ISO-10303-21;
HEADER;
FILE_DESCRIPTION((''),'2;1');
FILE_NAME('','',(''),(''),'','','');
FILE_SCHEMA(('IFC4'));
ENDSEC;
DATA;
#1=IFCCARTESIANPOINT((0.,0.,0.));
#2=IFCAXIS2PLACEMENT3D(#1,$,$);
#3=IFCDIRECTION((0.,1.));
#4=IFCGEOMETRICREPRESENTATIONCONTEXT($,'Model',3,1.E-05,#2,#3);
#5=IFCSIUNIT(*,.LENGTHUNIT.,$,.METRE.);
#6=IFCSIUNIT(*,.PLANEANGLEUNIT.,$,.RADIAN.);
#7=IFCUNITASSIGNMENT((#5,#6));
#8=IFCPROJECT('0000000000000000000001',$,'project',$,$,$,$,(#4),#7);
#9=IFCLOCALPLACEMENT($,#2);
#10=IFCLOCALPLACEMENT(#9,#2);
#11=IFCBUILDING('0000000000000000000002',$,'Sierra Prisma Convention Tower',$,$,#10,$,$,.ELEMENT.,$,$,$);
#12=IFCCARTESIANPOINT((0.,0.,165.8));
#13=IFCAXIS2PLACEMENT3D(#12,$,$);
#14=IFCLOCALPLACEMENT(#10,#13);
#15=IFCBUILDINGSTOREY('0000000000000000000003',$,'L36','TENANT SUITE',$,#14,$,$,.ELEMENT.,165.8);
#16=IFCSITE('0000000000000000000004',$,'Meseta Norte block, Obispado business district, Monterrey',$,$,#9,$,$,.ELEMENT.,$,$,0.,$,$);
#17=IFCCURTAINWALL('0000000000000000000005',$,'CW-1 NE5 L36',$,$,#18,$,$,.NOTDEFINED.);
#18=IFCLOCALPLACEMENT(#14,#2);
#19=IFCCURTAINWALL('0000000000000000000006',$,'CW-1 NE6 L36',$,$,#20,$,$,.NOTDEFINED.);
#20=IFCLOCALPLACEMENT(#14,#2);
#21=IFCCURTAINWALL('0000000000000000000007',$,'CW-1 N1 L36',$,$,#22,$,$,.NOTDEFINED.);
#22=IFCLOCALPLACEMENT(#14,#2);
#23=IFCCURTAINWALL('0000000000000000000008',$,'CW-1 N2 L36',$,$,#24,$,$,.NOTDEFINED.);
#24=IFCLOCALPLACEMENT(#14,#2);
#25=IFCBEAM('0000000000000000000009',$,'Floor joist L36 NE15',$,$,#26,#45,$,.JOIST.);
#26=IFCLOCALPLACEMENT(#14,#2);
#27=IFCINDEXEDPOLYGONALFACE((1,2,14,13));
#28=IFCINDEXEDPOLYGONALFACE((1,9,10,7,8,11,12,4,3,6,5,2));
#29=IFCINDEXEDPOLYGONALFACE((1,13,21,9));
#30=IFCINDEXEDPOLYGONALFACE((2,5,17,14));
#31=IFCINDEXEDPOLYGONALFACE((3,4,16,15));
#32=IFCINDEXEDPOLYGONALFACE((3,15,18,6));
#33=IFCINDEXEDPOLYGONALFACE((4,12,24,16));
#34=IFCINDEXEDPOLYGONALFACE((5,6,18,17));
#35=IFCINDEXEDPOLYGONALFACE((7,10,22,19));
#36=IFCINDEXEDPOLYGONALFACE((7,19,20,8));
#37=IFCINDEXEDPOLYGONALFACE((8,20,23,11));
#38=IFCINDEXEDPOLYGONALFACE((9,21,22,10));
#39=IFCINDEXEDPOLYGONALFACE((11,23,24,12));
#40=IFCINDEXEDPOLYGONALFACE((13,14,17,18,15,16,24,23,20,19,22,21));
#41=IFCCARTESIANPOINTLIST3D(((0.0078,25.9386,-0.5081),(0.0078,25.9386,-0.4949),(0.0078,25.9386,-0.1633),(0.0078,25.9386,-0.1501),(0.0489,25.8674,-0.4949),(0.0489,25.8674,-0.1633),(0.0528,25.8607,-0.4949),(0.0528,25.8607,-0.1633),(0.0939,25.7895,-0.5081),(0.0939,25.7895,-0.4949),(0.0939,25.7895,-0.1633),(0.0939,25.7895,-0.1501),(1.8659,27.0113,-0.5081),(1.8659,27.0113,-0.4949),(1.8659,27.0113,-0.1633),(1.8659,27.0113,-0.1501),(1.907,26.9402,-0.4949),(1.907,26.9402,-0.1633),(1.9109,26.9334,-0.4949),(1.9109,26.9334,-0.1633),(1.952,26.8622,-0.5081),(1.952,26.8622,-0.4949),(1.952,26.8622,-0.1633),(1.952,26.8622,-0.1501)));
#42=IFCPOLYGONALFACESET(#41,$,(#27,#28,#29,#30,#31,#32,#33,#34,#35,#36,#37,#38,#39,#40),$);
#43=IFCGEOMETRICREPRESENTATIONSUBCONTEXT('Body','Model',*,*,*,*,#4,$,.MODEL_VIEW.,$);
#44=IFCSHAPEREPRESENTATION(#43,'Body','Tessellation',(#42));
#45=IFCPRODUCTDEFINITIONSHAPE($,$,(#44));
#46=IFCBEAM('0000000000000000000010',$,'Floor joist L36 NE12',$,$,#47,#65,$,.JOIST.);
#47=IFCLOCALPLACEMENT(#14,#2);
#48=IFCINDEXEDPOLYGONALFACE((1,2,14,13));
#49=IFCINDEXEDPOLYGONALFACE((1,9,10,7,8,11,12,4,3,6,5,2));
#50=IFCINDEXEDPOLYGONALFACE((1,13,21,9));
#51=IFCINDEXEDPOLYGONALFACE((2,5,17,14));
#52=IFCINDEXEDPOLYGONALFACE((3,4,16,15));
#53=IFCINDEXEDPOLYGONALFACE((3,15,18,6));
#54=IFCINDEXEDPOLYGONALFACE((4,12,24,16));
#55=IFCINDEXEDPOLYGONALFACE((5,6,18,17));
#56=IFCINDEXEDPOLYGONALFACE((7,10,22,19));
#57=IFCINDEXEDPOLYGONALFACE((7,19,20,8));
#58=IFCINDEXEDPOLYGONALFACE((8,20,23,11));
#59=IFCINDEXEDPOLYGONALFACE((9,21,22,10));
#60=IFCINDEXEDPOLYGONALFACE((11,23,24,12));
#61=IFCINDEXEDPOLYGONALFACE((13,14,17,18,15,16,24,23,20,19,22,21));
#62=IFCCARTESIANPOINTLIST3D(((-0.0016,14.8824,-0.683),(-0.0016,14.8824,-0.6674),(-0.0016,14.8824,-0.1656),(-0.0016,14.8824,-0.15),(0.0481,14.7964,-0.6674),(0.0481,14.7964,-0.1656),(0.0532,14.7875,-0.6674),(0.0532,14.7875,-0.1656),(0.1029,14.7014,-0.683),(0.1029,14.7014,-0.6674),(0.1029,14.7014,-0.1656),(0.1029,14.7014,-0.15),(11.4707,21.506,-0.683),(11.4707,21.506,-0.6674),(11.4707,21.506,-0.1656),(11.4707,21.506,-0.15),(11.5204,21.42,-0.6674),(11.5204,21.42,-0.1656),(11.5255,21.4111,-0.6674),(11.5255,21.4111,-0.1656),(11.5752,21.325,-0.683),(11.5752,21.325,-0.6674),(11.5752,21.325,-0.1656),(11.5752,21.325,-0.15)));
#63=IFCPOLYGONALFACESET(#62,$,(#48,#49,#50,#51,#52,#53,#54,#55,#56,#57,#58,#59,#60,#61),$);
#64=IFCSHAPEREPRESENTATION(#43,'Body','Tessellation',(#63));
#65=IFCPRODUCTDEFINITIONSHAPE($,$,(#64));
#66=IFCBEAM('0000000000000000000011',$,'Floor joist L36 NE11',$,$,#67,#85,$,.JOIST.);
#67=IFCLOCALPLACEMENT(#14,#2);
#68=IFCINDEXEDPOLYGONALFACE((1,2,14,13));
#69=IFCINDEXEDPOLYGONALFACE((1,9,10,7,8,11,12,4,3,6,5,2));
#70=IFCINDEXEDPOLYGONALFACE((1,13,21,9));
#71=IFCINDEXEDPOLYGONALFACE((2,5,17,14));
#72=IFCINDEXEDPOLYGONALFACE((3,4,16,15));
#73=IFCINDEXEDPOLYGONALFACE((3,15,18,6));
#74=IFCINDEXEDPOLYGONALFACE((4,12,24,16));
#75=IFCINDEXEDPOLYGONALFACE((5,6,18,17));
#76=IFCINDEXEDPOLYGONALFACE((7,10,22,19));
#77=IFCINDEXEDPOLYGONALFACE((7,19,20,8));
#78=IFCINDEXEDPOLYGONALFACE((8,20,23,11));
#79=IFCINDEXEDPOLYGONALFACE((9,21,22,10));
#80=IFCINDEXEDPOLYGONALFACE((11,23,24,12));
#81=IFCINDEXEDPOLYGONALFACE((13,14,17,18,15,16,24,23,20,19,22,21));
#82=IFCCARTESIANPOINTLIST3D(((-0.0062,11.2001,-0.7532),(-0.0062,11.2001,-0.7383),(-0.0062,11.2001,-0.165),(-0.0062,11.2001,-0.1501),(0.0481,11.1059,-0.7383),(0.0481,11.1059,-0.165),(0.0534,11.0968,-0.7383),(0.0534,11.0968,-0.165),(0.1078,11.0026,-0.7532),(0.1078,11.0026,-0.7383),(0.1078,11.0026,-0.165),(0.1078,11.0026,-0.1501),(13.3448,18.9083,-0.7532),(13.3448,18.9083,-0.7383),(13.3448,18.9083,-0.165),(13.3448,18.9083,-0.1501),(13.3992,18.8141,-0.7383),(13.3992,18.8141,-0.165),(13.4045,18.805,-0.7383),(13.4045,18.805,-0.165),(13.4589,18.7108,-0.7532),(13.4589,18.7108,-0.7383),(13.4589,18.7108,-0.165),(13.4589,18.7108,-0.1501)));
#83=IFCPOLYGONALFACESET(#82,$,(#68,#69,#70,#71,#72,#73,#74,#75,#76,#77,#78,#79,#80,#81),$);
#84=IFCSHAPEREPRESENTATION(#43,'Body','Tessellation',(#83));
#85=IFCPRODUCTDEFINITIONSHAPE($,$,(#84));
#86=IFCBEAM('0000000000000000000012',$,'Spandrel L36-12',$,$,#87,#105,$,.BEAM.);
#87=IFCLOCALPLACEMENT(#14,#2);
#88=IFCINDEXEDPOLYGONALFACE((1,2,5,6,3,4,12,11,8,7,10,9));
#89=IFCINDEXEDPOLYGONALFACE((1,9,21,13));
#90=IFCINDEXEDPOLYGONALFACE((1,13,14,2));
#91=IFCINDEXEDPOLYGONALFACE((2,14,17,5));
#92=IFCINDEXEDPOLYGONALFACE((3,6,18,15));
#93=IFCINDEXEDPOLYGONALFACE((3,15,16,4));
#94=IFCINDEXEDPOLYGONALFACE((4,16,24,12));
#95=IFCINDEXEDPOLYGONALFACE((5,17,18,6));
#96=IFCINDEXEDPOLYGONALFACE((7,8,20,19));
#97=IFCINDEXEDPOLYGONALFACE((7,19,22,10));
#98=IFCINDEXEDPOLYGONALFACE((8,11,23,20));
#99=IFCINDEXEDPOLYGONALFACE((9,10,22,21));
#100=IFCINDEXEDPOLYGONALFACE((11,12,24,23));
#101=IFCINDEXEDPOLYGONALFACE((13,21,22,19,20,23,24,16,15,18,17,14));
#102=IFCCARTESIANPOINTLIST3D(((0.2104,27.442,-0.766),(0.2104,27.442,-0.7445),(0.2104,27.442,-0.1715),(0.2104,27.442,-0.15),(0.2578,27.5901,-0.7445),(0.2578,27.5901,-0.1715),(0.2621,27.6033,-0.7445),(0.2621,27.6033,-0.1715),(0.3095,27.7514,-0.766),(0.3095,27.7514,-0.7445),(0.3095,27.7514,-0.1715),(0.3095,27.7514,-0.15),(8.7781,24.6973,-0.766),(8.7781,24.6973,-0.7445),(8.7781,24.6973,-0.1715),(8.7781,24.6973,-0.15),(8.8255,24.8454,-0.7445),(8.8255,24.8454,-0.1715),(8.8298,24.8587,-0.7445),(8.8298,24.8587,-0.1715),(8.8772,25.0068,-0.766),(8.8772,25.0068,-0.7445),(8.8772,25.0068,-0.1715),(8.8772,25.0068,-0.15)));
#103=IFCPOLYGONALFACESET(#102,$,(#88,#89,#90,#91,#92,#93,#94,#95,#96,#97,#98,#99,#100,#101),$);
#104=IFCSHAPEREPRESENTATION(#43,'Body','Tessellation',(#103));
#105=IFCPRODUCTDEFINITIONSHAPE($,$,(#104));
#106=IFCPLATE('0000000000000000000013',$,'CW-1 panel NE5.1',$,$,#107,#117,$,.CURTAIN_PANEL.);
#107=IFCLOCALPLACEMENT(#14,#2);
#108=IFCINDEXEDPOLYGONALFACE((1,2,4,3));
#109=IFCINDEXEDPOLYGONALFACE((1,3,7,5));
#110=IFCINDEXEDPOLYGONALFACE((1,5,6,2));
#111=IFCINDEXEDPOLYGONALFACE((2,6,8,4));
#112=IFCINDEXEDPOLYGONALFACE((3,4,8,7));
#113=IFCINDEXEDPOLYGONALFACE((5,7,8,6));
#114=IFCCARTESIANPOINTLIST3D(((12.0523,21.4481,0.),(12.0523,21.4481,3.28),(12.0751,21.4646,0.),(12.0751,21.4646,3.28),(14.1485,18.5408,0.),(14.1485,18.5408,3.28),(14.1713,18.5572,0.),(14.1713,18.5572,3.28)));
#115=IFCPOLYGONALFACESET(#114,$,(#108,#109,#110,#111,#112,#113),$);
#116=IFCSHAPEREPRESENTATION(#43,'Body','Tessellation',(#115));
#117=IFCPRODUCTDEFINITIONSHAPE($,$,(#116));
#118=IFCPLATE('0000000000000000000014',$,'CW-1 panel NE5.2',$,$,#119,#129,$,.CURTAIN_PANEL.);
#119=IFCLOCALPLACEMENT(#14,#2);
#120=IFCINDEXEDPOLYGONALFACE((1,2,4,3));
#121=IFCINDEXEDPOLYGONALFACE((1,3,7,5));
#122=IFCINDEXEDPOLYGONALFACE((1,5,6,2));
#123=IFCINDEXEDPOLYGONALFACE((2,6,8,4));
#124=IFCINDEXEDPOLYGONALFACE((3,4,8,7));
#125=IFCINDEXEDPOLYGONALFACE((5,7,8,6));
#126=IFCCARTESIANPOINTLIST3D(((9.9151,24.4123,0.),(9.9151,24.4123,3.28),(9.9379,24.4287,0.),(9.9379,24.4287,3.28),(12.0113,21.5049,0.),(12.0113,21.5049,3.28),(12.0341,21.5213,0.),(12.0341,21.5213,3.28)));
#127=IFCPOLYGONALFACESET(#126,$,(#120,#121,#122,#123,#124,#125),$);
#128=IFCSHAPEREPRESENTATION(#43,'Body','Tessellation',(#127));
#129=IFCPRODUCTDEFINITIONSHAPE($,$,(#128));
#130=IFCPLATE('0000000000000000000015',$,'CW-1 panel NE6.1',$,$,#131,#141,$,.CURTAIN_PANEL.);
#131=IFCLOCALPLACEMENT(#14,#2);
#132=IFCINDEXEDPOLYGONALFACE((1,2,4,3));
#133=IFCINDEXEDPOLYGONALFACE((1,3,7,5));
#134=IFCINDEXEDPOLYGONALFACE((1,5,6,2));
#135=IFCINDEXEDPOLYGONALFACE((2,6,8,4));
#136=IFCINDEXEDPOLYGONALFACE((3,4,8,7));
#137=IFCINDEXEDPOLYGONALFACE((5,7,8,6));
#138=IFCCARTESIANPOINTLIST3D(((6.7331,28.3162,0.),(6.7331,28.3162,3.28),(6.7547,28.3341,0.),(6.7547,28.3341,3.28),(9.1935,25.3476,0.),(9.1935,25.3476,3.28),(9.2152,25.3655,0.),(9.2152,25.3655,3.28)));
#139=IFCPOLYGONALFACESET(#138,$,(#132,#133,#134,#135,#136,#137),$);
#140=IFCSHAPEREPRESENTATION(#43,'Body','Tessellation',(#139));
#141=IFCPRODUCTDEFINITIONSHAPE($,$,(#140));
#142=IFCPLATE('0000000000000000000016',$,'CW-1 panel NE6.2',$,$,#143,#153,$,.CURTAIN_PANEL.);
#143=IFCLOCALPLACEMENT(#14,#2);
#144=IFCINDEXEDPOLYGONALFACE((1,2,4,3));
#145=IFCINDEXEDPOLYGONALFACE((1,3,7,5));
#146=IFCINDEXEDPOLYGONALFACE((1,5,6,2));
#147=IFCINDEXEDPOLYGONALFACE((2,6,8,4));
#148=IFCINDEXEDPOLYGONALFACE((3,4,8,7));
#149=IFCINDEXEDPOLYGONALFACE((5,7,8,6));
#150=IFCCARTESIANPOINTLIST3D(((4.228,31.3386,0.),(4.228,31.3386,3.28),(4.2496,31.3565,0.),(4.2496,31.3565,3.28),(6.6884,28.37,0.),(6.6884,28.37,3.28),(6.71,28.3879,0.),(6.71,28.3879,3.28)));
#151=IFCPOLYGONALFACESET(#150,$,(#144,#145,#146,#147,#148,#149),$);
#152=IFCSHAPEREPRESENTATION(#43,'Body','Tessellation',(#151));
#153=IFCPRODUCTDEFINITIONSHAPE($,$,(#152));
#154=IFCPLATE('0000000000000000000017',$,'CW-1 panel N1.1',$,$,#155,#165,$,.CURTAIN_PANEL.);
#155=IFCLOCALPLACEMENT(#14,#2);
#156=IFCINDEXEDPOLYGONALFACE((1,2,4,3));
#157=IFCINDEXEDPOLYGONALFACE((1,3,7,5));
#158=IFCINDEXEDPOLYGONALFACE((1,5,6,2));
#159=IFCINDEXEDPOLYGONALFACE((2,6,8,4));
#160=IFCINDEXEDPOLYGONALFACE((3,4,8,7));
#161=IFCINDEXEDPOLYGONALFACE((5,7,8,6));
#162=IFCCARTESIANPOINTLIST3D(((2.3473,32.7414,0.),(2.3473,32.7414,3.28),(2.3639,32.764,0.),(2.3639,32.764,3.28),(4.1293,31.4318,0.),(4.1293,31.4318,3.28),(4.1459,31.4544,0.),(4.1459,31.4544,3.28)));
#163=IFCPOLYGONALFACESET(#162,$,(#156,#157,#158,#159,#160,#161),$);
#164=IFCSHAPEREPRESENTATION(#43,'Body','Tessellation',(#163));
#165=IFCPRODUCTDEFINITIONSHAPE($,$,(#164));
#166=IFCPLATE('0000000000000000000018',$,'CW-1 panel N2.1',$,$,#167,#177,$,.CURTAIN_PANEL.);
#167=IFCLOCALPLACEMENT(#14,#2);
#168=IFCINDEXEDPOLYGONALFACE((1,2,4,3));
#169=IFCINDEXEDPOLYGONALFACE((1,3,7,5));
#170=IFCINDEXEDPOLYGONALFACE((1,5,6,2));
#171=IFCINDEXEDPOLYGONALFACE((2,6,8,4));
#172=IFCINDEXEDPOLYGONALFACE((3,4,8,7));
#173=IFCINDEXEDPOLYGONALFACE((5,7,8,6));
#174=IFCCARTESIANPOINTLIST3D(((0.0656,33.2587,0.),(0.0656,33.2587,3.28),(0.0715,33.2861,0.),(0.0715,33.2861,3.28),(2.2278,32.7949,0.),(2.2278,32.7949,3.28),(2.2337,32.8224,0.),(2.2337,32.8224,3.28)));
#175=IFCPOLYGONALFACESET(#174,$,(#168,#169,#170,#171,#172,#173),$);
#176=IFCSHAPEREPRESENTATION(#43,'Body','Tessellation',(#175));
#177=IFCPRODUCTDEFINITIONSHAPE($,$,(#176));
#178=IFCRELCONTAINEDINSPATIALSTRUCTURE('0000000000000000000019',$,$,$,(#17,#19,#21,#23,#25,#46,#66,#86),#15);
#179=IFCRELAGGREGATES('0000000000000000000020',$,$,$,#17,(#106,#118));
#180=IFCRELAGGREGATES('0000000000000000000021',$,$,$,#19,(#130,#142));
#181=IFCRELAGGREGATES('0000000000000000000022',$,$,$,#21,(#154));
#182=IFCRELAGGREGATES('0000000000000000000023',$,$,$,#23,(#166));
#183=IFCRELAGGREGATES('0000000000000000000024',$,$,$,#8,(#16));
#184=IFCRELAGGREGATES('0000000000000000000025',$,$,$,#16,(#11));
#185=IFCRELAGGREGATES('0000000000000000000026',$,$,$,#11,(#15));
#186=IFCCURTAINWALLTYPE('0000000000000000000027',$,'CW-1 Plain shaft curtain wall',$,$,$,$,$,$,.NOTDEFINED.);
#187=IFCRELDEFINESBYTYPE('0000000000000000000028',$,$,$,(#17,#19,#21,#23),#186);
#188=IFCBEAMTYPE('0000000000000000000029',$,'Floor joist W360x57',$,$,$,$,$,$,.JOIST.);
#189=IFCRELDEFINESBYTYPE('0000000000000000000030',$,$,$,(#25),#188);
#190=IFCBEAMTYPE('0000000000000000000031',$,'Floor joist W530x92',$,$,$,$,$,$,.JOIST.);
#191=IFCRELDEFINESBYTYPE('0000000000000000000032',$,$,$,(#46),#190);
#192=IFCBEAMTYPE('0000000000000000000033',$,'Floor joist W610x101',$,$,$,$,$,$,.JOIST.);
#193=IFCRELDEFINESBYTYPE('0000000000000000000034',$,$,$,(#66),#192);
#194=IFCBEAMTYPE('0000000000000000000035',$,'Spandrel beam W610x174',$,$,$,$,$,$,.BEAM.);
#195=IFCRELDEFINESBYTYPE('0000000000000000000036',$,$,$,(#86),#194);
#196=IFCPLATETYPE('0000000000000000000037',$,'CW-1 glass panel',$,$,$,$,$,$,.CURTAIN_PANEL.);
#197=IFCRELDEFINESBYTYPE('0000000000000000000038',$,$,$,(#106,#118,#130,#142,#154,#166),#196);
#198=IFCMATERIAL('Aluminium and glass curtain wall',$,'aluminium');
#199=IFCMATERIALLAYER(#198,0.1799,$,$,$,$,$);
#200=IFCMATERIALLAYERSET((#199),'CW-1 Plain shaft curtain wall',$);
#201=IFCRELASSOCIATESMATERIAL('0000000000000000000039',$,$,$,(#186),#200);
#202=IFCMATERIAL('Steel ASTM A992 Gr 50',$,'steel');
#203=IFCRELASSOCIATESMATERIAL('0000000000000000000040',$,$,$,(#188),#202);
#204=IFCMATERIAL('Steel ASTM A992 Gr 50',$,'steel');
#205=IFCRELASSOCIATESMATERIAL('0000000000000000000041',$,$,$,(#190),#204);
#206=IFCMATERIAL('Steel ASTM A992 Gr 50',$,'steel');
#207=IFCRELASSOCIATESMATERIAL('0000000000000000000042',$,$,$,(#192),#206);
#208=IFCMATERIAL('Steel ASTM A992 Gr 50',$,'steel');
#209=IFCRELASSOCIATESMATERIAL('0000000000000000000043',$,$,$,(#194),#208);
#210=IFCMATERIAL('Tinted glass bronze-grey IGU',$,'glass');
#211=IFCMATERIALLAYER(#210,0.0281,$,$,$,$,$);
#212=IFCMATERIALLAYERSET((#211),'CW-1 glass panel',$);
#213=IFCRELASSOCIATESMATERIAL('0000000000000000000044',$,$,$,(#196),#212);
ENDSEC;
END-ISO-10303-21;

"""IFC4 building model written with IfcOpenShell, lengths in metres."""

from ifc_helpers import new_model, si_unit, direction, frame, origin, origin_2d, place, context, subcontext, project, spatial, rectangle, i_section, extrude, material, layer, layer_set, material_profile, profile_set, type_object, element, aggregate, save


model = new_model("IFC4")

# Units and contexts
model_context = context("Model", 3, precision=1e-05, world=origin(), true_north=direction((0.0, 1.0)))
body_context = subcontext(model_context, "Body", "Model", "MODEL_VIEW")
ifc_project = project(units=[si_unit("LENGTHUNIT", "METRE"), si_unit("PLANEANGLEUNIT", "RADIAN")], contexts=[model_context])

# Site, building, storey
site_placement = place(None, origin())
site = spatial("IfcSite", under=ifc_project, at=site_placement, Name="Meseta Norte block, Obispado business district, Monterrey", CompositionType="ELEMENT", RefElevation=0.0)
building_placement = place(site_placement, origin())
building = spatial("IfcBuilding", under=site, at=building_placement, Name="Sierra Prisma Convention Tower", CompositionType="ELEMENT")
storey_placement = place(building_placement, frame((0.0, 0.0, 165.8)))
storey = spatial("IfcBuildingStorey", under=building, at=storey_placement, Name="L36", Description="TENANT SUITE", CompositionType="ELEMENT", Elevation=165.8)

# Curtain wall
ifc_material_1 = material(Name="Aluminium and glass curtain wall", Category="aluminium")
ifc_layer_1 = layer(ifc_material_1, 0.1799)
ifc_layer_set_1 = layer_set([ifc_layer_1], Name="CW-1 Plain shaft curtain wall")
curtain_wall_type = type_object("IfcCurtainWallType", Name="CW-1 Plain shaft curtain wall", PredefinedType="NOTDEFINED", material=ifc_layer_set_1)
curtain_wall_1_placement = place(storey_placement, origin())
curtain_wall_1 = element("IfcCurtainWall", 1, at=curtain_wall_1_placement, inside=storey, type_object=curtain_wall_type, Name="CW-1 NE5 L36", PredefinedType="NOTDEFINED")

# Curtain walls
curtain_wall_2_placement = place(storey_placement, origin())
curtain_wall_2 = element("IfcCurtainWall", 2, at=curtain_wall_2_placement, inside=storey, type_object=curtain_wall_type, Name="CW-1 NE6 L36", PredefinedType="NOTDEFINED")
curtain_wall_3_placement = place(storey_placement, origin())
curtain_wall_3 = element("IfcCurtainWall", 3, at=curtain_wall_3_placement, inside=storey, type_object=curtain_wall_type, Name="CW-1 N1 L36", PredefinedType="NOTDEFINED")
curtain_wall_4_placement = place(storey_placement, origin())
curtain_wall_4 = element("IfcCurtainWall", 4, at=curtain_wall_4_placement, inside=storey, type_object=curtain_wall_type, Name="CW-1 N2 L36", PredefinedType="NOTDEFINED")

# Beams
ifc_material_2 = material(Name="Steel ASTM A992 Gr 50", Category="steel")
ifc_material_profile_1 = material_profile(ifc_material_2, i_section(OverallWidth=0.1721, OverallDepth=0.3579, WebThickness=0.0078, FlangeThickness=0.0132, at=origin_2d()), Name="W360x57")
ifc_profile_set_1 = profile_set([ifc_material_profile_1], Name="Steel ASTM A992 Gr 50")
beam_type_1 = type_object("IfcBeamType", Name="Floor joist W360x57", PredefinedType="JOIST", material=ifc_profile_set_1)
beam_1_placement = place(storey_placement, frame((1.9089, 26.9368, -0.3291), z_axis=(-0.866036, -0.499982, 0.0), x_axis=(0.499982, -0.866036, 0.0)))
element("IfcBeam", 5, at=beam_1_placement, inside=storey, type_object=beam_type_1, Name="Floor joist L36 NE15", PredefinedType="JOIST", context=body_context, shape_type="SweptSolid", body=[
    extrude(i_section(OverallWidth=0.1721, OverallDepth=0.3579, WebThickness=0.0078, FlangeThickness=0.0132, at=origin_2d()), origin(), (0.0, 0.0, 1.0), 2.1455),
])
ifc_material_3 = material(Name="Steel ASTM A992 Gr 50", Category="steel")
ifc_material_profile_2 = material_profile(ifc_material_3, i_section(OverallWidth=0.209, OverallDepth=0.533, WebThickness=0.0103, FlangeThickness=0.0156, at=origin_2d()), Name="W530x92")
ifc_profile_set_2 = profile_set([ifc_material_profile_2], Name="Steel ASTM A992 Gr 50")
beam_type_2 = type_object("IfcBeamType", Name="Floor joist W530x92", PredefinedType="JOIST", material=ifc_profile_set_2)
beam_2_placement = place(storey_placement, frame((11.5229, 21.4155, -0.4165), z_axis=(-0.866023, -0.500004, 0.0), x_axis=(0.500004, -0.866023, 0.0)))
element("IfcBeam", 6, at=beam_2_placement, inside=storey, type_object=beam_type_2, Name="Floor joist L36 NE12", PredefinedType="JOIST", context=body_context, shape_type="SweptSolid", body=[
    extrude(i_section(OverallWidth=0.209, OverallDepth=0.533, WebThickness=0.0103, FlangeThickness=0.0156, at=origin_2d()), origin(), (0.0, 0.0, 1.0), 13.2471),
])
ifc_material_4 = material(Name="Steel ASTM A992 Gr 50", Category="steel")
ifc_material_profile_3 = material_profile(ifc_material_4, i_section(OverallWidth=0.228, OverallDepth=0.603, WebThickness=0.0105, FlangeThickness=0.0149, at=origin_2d()), Name="W610x101")
ifc_profile_set_3 = profile_set([ifc_material_profile_3], Name="Steel ASTM A992 Gr 50")
beam_type_3 = type_object("IfcBeamType", Name="Floor joist W610x101", PredefinedType="JOIST", material=ifc_profile_set_3)
beam_3_placement = place(storey_placement, frame((13.4019, 18.8096, -0.4517), z_axis=(-0.866025, -0.5, 0.0), x_axis=(0.5, -0.866025, 0.0)))
element("IfcBeam", 7, at=beam_3_placement, inside=storey, type_object=beam_type_3, Name="Floor joist L36 NE11", PredefinedType="JOIST", context=body_context, shape_type="SweptSolid", body=[
    extrude(i_section(OverallWidth=0.228, OverallDepth=0.603, WebThickness=0.0105, FlangeThickness=0.0149, at=origin_2d()), origin(), (0.0, 0.0, 1.0), 15.4165),
])
ifc_material_5 = material(Name="Steel ASTM A992 Gr 50", Category="steel")
ifc_material_profile_4 = material_profile(ifc_material_5, i_section(OverallWidth=0.325, OverallDepth=0.616, WebThickness=0.0139, FlangeThickness=0.0215, at=origin_2d()), Name="W610x174")
ifc_profile_set_4 = profile_set([ifc_material_profile_4], Name="Steel ASTM A992 Gr 50")
beam_type_4 = type_object("IfcBeamType", Name="Spandrel beam W610x174", PredefinedType="BEAM", material=ifc_profile_set_4)
beam_4_placement = place(storey_placement, frame((8.8276, 24.8521, -0.458), z_axis=(-0.952328, 0.305077, 0.0), x_axis=(-0.305077, -0.952328, 0.0)))
element("IfcBeam", 8, at=beam_4_placement, inside=storey, type_object=beam_type_4, Name="Spandrel L36-12", PredefinedType="BEAM", context=body_context, shape_type="SweptSolid", body=[
    extrude(i_section(OverallWidth=0.325, OverallDepth=0.616, WebThickness=0.0139, FlangeThickness=0.0215, at=origin_2d()), origin(), (0.0, 0.0, 1.0), 8.9966),
])

# Plates
ifc_material_6 = material(Name="Tinted glass bronze-grey IGU", Category="glass")
ifc_layer_2 = layer(ifc_material_6, 0.0281)
ifc_layer_set_2 = layer_set([ifc_layer_2], Name="CW-1 glass panel")
plate_type = type_object("IfcPlateType", Name="CW-1 glass panel", PredefinedType="CURTAIN_PANEL", material=ifc_layer_set_2)
plate_1_placement = place(storey_placement, frame((13.1118, 20.0027, 0.0), z_axis=(0.0, 0.0, 1.0), x_axis=(-0.58484, 0.811149, 0.0)))
plate_1 = element("IfcPlate", 9, at=plate_1_placement, type_object=plate_type, Name="CW-1 panel NE5.1", PredefinedType="CURTAIN_PANEL", context=body_context, shape_type="SweptSolid", body=[
    extrude(rectangle(XDim=3.5842, YDim=0.0281, at=origin_2d()), origin(), (0.0, 0.0, 1.0), 3.28),
])
plate_2_placement = place(storey_placement, frame((10.9746, 22.9668, 0.0), z_axis=(0.0, 0.0, 1.0), x_axis=(-0.58484, 0.811149, 0.0)))
plate_2 = element("IfcPlate", 10, at=plate_2_placement, type_object=plate_type, Name="CW-1 panel NE5.2", PredefinedType="CURTAIN_PANEL", context=body_context, shape_type="SweptSolid", body=[
    extrude(rectangle(XDim=3.5842, YDim=0.0281, at=origin_2d()), origin(), (0.0, 0.0, 1.0), 3.28),
])
aggregate(curtain_wall_1, [plate_1, plate_2])
plate_3_placement = place(storey_placement, frame((7.9741, 26.8408, 0.0), z_axis=(0.0, 0.0, 1.0), x_axis=(-0.638133, 0.769926, 0.0)))
plate_3 = element("IfcPlate", 11, at=plate_3_placement, type_object=plate_type, Name="CW-1 panel NE6.1", PredefinedType="CURTAIN_PANEL", context=body_context, shape_type="SweptSolid", body=[
    extrude(rectangle(XDim=3.8557, YDim=0.0281, at=origin_2d()), origin(), (0.0, 0.0, 1.0), 3.28),
])
plate_4_placement = place(storey_placement, frame((5.469, 29.8633, 0.0), z_axis=(0.0, 0.0, 1.0), x_axis=(-0.638133, 0.769926, 0.0)))
plate_4 = element("IfcPlate", 12, at=plate_4_placement, type_object=plate_type, Name="CW-1 panel NE6.2", PredefinedType="CURTAIN_PANEL", context=body_context, shape_type="SweptSolid", body=[
    extrude(rectangle(XDim=3.8557, YDim=0.0281, at=origin_2d()), origin(), (0.0, 0.0, 1.0), 3.28),
])
aggregate(curtain_wall_2, [plate_3, plate_4])
plate_5_placement = place(storey_placement, frame((3.2466, 32.0979, 0.0), z_axis=(0.0, 0.0, 1.0), x_axis=(-0.805799, 0.592189, 0.0)))
plate_5 = element("IfcPlate", 13, at=plate_5_placement, type_object=plate_type, Name="CW-1 panel N1.1", PredefinedType="CURTAIN_PANEL", context=body_context, shape_type="SweptSolid", body=[
    extrude(rectangle(XDim=2.2114, YDim=0.0281, at=origin_2d()), origin(), (0.0, 0.0, 1.0), 3.28),
])
aggregate(curtain_wall_3, [plate_5])
plate_6_placement = place(storey_placement, frame((1.1497, 33.0405, 0.0), z_axis=(0.0, 0.0, 1.0), x_axis=(-0.977768, 0.20969, 0.0)))
plate_6 = element("IfcPlate", 14, at=plate_6_placement, type_object=plate_type, Name="CW-1 panel N2.1", PredefinedType="CURTAIN_PANEL", context=body_context, shape_type="SweptSolid", body=[
    extrude(rectangle(XDim=2.2114, YDim=0.0281, at=origin_2d()), origin(), (0.0, 0.0, 1.0), 3.28),
])
aggregate(curtain_wall_4, [plate_6])

save(model, "model.ifc")
